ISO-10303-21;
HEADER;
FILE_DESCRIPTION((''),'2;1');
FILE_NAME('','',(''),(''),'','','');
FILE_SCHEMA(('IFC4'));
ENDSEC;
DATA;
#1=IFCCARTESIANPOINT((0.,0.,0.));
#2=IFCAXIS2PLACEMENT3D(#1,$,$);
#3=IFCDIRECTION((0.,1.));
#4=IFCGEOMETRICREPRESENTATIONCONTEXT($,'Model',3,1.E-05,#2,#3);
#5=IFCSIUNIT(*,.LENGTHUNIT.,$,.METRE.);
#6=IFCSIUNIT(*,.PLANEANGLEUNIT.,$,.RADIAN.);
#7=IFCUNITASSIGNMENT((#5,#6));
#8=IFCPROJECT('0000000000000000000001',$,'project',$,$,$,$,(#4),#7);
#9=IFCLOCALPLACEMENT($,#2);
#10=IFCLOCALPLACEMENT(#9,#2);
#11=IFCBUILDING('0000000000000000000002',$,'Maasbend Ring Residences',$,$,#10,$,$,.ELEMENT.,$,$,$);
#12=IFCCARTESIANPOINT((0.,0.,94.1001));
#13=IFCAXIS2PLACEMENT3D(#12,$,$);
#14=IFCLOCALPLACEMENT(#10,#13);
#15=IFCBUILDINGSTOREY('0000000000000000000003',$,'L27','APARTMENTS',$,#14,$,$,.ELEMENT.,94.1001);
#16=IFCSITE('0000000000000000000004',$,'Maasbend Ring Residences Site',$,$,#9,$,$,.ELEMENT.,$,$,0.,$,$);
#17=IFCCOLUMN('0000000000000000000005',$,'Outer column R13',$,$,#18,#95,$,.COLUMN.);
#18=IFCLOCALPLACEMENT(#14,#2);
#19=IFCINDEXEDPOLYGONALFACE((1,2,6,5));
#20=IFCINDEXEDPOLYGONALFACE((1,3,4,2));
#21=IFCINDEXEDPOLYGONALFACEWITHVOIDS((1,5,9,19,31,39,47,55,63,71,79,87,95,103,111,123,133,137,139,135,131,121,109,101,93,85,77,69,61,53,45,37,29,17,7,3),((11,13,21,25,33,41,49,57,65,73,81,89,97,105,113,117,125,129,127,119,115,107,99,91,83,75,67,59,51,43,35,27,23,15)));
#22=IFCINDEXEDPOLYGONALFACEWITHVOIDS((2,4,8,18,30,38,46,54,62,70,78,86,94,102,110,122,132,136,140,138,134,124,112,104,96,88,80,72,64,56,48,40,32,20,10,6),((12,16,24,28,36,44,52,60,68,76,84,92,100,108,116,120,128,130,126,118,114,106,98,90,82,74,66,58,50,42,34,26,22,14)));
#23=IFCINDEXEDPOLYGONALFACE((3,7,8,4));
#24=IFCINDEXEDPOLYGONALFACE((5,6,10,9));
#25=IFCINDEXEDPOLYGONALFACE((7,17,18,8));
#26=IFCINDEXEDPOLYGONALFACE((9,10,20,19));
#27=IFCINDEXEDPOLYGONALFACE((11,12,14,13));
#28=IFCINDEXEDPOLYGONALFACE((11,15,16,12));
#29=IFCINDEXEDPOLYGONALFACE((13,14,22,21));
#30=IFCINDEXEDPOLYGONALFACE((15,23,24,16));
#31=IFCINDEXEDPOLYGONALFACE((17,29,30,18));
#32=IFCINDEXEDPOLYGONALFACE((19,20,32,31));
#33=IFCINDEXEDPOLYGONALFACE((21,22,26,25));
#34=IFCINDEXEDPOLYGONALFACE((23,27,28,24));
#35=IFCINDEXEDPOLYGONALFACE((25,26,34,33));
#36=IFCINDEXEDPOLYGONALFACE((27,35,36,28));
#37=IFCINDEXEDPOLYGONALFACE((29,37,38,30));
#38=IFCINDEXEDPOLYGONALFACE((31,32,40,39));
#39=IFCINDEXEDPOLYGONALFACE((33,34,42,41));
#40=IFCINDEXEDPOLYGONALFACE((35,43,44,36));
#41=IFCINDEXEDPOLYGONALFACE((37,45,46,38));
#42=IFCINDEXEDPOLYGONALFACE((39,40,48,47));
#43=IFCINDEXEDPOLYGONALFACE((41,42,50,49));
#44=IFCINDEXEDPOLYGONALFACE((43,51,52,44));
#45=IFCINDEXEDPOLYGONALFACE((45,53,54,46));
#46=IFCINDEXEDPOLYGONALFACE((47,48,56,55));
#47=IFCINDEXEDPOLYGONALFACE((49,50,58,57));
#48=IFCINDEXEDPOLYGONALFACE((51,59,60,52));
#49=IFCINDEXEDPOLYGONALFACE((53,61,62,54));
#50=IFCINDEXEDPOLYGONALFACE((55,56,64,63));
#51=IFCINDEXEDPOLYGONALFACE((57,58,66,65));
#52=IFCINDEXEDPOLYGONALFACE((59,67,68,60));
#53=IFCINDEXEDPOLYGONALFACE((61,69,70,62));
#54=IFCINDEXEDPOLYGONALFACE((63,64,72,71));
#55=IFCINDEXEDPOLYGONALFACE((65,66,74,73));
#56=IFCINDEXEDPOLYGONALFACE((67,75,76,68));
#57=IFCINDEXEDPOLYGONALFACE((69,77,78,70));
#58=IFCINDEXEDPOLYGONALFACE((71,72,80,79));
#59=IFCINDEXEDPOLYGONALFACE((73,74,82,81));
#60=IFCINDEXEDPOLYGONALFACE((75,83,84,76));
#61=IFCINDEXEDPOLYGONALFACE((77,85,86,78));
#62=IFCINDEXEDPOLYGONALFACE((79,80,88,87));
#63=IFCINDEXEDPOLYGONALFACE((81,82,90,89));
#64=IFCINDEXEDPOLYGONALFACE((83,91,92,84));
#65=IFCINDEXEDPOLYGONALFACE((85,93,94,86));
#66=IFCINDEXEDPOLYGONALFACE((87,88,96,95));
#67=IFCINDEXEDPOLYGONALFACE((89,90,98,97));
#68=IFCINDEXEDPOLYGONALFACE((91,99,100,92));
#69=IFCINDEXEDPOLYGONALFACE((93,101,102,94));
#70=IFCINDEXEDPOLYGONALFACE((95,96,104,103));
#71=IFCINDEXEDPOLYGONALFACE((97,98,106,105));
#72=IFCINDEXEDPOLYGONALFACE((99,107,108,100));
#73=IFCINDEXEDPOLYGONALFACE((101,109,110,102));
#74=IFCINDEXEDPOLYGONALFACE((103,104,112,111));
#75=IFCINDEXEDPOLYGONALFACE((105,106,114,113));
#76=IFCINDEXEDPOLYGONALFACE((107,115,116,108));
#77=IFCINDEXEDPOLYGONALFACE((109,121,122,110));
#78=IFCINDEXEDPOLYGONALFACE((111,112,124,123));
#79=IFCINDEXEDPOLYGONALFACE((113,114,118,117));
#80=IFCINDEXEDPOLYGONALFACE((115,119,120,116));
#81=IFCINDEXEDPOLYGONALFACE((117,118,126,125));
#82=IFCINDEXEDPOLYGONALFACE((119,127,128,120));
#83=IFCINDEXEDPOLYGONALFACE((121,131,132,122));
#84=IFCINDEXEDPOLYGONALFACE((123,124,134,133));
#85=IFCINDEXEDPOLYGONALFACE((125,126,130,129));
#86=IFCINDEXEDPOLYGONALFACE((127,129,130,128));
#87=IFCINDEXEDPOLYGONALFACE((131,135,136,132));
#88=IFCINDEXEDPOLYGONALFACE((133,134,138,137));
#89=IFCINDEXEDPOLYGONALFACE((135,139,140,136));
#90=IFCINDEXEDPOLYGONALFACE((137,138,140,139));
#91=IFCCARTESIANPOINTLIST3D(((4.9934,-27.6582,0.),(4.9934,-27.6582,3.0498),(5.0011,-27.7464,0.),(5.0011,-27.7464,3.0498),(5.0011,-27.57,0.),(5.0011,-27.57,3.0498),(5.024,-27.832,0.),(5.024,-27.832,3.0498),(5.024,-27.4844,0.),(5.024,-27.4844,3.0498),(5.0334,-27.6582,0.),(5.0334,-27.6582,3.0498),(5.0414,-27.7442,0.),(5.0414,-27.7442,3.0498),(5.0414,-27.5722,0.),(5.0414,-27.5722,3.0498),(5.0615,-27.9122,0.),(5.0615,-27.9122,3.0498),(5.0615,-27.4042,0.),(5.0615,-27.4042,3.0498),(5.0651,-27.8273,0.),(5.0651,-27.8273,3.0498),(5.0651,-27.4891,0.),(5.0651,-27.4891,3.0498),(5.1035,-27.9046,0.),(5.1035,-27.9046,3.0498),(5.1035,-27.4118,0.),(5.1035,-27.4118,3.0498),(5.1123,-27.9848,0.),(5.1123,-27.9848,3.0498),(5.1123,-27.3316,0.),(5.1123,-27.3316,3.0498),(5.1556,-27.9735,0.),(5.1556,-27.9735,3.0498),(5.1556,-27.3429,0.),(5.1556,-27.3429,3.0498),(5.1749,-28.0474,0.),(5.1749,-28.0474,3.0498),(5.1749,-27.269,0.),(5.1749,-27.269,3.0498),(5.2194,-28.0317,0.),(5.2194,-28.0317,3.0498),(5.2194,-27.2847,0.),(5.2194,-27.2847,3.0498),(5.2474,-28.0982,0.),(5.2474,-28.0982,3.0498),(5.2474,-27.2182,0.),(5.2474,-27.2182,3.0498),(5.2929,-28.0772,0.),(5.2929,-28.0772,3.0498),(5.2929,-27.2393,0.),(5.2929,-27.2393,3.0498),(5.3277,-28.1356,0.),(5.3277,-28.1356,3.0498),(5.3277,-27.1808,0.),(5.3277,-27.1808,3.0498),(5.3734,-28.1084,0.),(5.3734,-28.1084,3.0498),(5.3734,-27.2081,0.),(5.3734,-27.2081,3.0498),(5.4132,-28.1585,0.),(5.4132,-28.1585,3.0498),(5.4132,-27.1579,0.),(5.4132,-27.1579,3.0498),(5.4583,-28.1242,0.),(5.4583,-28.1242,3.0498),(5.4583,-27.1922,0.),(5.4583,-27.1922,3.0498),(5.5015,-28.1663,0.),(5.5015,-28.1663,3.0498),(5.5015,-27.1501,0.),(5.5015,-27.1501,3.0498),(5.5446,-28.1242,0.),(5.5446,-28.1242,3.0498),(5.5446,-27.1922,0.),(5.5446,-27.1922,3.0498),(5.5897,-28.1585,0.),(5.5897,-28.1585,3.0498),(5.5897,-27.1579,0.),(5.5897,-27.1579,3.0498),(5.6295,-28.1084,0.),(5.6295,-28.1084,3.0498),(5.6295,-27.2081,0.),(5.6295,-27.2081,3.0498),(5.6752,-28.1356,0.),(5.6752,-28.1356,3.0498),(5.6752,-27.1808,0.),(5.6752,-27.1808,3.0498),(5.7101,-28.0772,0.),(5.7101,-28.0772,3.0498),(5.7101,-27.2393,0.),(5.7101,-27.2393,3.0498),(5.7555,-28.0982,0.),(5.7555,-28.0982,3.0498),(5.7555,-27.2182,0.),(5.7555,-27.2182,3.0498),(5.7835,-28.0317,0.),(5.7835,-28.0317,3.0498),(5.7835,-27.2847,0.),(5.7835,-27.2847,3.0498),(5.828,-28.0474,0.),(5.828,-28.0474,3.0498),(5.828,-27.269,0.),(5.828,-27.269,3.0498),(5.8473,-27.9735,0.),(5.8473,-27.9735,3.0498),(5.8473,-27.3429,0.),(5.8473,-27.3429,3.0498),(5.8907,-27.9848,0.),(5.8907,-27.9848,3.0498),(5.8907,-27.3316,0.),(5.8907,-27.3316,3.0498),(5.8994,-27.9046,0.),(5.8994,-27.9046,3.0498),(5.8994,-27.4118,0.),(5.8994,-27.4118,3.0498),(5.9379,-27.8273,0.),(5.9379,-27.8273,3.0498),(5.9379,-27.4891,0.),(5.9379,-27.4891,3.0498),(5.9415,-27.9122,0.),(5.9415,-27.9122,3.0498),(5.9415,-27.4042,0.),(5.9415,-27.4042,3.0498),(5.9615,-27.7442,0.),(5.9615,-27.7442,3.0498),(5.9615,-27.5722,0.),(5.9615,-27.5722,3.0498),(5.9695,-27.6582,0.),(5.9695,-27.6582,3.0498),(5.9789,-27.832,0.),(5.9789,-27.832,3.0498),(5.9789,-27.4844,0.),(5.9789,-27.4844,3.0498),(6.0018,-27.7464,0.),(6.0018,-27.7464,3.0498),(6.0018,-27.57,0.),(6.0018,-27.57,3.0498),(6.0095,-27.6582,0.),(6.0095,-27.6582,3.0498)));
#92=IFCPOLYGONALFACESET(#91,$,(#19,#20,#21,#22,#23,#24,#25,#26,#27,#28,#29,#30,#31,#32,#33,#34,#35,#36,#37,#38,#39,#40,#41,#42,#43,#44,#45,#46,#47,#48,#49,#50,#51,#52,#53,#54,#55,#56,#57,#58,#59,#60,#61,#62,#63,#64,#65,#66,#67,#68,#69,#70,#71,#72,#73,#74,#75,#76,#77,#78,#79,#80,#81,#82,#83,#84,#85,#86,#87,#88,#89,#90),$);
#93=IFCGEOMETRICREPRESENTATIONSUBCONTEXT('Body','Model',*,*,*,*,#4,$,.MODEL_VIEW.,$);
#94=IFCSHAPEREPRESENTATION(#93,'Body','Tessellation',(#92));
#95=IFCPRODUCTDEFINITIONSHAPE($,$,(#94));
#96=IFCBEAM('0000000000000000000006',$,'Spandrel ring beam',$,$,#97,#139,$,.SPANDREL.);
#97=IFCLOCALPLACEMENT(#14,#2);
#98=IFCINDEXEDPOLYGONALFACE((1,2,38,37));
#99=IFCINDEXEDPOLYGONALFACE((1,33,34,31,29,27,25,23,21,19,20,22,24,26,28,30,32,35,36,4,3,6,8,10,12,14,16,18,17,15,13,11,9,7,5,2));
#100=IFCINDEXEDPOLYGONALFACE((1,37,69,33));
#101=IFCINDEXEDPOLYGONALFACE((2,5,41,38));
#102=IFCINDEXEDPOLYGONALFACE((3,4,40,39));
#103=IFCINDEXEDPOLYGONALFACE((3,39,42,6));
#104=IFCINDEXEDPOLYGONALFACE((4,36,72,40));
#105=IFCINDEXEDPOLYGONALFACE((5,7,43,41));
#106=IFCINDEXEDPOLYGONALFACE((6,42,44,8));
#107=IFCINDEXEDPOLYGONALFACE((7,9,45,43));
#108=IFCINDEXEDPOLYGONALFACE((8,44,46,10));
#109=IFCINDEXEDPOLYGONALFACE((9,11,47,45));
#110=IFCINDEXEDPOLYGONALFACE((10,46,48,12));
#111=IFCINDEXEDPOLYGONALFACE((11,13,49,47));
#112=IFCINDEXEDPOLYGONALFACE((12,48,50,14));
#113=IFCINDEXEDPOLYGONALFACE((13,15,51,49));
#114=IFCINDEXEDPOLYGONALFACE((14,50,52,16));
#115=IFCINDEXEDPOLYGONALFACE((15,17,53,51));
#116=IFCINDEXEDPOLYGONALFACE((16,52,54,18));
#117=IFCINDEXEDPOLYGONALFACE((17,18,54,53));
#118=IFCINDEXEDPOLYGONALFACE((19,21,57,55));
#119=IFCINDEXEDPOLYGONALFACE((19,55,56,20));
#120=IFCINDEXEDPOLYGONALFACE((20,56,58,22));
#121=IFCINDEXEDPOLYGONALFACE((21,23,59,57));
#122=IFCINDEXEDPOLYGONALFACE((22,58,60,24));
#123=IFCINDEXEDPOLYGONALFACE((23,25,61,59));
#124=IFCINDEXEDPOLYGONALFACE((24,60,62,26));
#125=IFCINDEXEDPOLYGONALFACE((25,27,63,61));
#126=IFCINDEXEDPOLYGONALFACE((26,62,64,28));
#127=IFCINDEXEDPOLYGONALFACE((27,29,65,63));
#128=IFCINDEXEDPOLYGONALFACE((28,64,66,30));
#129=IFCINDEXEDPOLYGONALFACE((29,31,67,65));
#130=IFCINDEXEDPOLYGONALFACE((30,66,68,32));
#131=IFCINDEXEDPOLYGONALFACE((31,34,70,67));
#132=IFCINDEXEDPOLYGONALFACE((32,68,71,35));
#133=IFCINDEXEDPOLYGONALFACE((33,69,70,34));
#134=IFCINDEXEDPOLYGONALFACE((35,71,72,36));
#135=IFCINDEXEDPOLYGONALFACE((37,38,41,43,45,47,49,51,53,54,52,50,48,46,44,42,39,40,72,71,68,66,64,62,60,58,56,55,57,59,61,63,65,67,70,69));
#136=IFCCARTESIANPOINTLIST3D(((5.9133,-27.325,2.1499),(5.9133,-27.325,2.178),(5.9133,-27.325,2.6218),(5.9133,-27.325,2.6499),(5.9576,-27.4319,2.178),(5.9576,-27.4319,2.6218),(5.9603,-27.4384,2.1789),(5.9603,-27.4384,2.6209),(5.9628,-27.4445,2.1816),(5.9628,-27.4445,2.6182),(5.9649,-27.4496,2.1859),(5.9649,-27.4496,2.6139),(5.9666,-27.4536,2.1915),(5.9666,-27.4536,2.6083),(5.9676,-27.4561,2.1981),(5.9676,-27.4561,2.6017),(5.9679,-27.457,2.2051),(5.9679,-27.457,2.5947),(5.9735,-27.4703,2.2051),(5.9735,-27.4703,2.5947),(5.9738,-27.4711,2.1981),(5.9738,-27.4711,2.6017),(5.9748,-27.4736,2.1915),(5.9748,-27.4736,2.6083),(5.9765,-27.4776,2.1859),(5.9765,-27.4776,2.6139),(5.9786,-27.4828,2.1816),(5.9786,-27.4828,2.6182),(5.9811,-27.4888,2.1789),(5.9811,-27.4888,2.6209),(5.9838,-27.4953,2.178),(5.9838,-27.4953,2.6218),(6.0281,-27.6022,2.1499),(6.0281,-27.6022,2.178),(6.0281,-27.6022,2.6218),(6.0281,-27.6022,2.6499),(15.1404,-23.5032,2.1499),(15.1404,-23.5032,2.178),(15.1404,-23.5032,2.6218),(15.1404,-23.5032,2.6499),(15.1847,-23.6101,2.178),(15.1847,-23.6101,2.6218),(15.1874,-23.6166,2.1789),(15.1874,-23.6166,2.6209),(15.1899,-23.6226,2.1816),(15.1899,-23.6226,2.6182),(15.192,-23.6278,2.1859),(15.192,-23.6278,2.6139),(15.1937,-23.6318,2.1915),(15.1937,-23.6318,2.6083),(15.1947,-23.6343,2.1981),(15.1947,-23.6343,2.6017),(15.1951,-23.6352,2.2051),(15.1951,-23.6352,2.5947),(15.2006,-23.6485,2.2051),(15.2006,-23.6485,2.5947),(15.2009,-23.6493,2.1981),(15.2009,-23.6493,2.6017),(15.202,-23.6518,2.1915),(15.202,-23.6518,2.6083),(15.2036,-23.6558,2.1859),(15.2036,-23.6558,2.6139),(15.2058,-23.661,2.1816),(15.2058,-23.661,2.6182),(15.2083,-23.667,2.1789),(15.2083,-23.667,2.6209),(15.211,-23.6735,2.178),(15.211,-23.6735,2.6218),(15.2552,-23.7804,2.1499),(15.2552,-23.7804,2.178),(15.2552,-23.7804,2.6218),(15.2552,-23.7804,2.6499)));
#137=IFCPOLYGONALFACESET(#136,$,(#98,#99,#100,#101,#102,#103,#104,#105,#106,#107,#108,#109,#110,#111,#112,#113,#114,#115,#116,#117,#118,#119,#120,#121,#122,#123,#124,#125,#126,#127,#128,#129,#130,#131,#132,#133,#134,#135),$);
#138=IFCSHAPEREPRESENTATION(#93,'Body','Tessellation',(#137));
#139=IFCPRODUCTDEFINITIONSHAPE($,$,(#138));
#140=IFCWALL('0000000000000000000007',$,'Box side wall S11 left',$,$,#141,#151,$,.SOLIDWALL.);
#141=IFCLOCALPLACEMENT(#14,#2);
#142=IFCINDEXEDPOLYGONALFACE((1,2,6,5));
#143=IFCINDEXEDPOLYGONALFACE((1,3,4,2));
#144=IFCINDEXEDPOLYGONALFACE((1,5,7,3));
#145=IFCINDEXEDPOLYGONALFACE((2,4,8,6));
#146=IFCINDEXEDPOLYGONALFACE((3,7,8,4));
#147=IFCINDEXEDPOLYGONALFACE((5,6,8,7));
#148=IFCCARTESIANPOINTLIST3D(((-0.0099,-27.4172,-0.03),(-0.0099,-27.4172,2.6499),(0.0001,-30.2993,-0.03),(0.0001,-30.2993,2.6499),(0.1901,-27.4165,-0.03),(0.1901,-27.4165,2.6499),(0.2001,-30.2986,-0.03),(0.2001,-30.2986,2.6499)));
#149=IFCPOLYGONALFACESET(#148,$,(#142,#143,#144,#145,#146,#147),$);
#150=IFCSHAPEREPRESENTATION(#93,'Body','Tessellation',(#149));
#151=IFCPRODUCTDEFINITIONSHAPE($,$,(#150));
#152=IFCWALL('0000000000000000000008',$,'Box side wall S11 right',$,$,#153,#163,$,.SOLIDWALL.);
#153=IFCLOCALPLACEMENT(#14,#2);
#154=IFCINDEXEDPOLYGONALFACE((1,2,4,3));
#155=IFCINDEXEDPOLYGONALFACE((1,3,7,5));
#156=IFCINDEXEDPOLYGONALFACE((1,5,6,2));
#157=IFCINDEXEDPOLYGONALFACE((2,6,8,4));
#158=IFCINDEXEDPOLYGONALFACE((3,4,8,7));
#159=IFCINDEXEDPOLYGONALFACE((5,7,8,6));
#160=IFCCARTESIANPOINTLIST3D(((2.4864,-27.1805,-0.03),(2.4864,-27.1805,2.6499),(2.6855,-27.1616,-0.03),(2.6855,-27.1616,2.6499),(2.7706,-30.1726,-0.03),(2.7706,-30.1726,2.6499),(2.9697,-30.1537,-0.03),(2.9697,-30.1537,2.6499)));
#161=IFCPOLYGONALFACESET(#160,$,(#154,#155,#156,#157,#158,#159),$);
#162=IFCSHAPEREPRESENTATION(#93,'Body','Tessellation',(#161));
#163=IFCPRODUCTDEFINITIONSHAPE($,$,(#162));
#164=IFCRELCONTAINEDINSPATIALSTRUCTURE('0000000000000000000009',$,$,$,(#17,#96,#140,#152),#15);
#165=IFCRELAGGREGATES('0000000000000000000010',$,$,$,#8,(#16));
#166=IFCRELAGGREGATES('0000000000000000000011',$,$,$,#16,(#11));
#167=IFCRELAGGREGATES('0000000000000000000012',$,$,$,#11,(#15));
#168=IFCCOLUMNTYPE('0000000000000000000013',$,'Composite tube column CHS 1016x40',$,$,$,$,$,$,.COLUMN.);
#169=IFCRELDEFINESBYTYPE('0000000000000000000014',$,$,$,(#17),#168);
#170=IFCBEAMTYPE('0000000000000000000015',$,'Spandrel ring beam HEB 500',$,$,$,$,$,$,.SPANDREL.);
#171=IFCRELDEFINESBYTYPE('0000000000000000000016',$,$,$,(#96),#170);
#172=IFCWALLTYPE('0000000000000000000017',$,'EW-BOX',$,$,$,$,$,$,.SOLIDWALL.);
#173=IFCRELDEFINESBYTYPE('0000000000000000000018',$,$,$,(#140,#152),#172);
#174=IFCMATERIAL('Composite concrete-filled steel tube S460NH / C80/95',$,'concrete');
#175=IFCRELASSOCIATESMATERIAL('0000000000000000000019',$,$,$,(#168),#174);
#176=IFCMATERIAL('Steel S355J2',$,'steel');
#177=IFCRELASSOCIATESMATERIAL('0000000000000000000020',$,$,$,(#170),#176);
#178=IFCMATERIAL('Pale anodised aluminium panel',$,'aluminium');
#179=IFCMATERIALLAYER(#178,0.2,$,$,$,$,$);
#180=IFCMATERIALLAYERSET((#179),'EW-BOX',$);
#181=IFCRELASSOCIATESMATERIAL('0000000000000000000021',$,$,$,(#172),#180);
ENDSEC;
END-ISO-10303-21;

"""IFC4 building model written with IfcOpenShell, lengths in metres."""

from ifc_helpers import new_model, si_unit, direction, frame, frame_2d, origin, origin_2d, place, context, subcontext, project, spatial, rectangle, hollow_circle, i_section, extrude, material, layer, layer_set, material_profile, profile_set, type_object, element, save


model = new_model("IFC4")

# Units and contexts
model_context = context("Model", 3, precision=1e-05, world=origin(), true_north=direction((0.0, 1.0)))
body_context = subcontext(model_context, "Body", "Model", "MODEL_VIEW")
ifc_project = project(units=[si_unit("LENGTHUNIT", "METRE"), si_unit("PLANEANGLEUNIT", "RADIAN")], contexts=[model_context])

# Site, building, storey
site_placement = place(None, origin())
site = spatial("IfcSite", under=ifc_project, at=site_placement, Name="Maasbend Ring Residences Site", CompositionType="ELEMENT", RefElevation=0.0)
building_placement = place(site_placement, origin())
building = spatial("IfcBuilding", under=site, at=building_placement, Name="Maasbend Ring Residences", CompositionType="ELEMENT")
storey_placement = place(building_placement, frame((0.0, 0.0, 94.1001)))
storey = spatial("IfcBuildingStorey", under=building, at=storey_placement, Name="L27", Description="APARTMENTS", CompositionType="ELEMENT", Elevation=94.1001)

# Column
ifc_material_1 = material(Name="Composite concrete-filled steel tube S460NH / C80/95", Category="concrete")
ifc_material_profile_1 = material_profile(ifc_material_1, hollow_circle(Radius=0.5081, WallThickness=0.04, at=origin_2d()), Name="Composite tube column CHS 1016x40")
ifc_profile_set_1 = profile_set([ifc_material_profile_1], Name="Composite concrete-filled steel tube S460NH / C80/95")
column_type = type_object("IfcColumnType", Name="Composite tube column CHS 1016x40", PredefinedType="COLUMN", material=ifc_profile_set_1)
column_placement = place(storey_placement, frame((5.5015, -27.6582, 0.0), z_axis=(0.0, 0.0, 1.0), x_axis=(1.0, 0.0, 0.0)))
element("IfcColumn", 1, at=column_placement, inside=storey, type_object=column_type, Name="Outer column R13", PredefinedType="COLUMN", context=body_context, shape_type="SweptSolid", body=[
    extrude(hollow_circle(Radius=0.5081, WallThickness=0.04, at=origin_2d()), origin(), (0.0, 0.0, 1.0), 3.0498),
])

# Beam
ifc_material_2 = material(Name="Steel S355J2", Category="steel")
ifc_material_profile_2 = material_profile(ifc_material_2, i_section(OverallWidth=0.3, OverallDepth=0.5, WebThickness=0.0144, FlangeThickness=0.0281, FilletRadius=0.0271, at=origin_2d()), Name="HEB 500")
ifc_profile_set_2 = profile_set([ifc_material_profile_2], Name="Steel S355J2")
beam_type = type_object("IfcBeamType", Name="Spandrel ring beam HEB 500", PredefinedType="SPANDREL", material=ifc_profile_set_2)
beam_placement = place(storey_placement, frame((5.9707, -27.4636, 2.3999), z_axis=(0.923886, 0.382667, 0.0), x_axis=(-0.382667, 0.923886, 0.0)))
element("IfcBeam", 2, at=beam_placement, inside=storey, type_object=beam_type, Name="Spandrel ring beam", PredefinedType="SPANDREL", context=body_context, shape_type="SweptSolid", body=[
    extrude(i_section(OverallWidth=0.3, OverallDepth=0.5, WebThickness=0.0144, FlangeThickness=0.0281, FilletRadius=0.0271, at=origin_2d()), origin(), (0.0, 0.0, 1.0), 9.9873),
])

# Walls
ifc_material_3 = material(Name="Pale anodised aluminium panel", Category="aluminium")
ifc_layer_1 = layer(ifc_material_3, 0.2)
ifc_layer_set_1 = layer_set([ifc_layer_1], Name="EW-BOX")
wall_type_1 = type_object("IfcWallType", Name="EW-BOX", PredefinedType="SOLIDWALL", material=ifc_layer_set_1)
wall_1_placement = place(storey_placement, frame((0.0901, -27.417, -0.03), z_axis=(0.0, 0.0, 1.0), x_axis=(0.003473, -0.999994, 0.0)))
element("IfcWall", 3, at=wall_1_placement, inside=storey, type_object=wall_type_1, Name="Box side wall S11 left", PredefinedType="SOLIDWALL", context=body_context, shape_type="SweptSolid", body=[
    extrude(rectangle(XDim=2.8821, YDim=0.2, at=frame_2d((1.4409, 0.0))), origin(), (0.0, 0.0, 1.0), 2.6799),
])
wall_2_placement = place(storey_placement, frame((2.5859, -27.1709, -0.03), z_axis=(0.0, 0.0, 1.0), x_axis=(0.094548, -0.99552, 0.0)))
element("IfcWall", 4, at=wall_2_placement, inside=storey, type_object=wall_type_1, Name="Box side wall S11 right", PredefinedType="SOLIDWALL", context=body_context, shape_type="SweptSolid", body=[
    extrude(rectangle(XDim=3.0056, YDim=0.2, at=frame_2d((1.5029, 0.0))), origin(), (0.0, 0.0, 1.0), 2.6799),
])

save(model, "model.ifc")
